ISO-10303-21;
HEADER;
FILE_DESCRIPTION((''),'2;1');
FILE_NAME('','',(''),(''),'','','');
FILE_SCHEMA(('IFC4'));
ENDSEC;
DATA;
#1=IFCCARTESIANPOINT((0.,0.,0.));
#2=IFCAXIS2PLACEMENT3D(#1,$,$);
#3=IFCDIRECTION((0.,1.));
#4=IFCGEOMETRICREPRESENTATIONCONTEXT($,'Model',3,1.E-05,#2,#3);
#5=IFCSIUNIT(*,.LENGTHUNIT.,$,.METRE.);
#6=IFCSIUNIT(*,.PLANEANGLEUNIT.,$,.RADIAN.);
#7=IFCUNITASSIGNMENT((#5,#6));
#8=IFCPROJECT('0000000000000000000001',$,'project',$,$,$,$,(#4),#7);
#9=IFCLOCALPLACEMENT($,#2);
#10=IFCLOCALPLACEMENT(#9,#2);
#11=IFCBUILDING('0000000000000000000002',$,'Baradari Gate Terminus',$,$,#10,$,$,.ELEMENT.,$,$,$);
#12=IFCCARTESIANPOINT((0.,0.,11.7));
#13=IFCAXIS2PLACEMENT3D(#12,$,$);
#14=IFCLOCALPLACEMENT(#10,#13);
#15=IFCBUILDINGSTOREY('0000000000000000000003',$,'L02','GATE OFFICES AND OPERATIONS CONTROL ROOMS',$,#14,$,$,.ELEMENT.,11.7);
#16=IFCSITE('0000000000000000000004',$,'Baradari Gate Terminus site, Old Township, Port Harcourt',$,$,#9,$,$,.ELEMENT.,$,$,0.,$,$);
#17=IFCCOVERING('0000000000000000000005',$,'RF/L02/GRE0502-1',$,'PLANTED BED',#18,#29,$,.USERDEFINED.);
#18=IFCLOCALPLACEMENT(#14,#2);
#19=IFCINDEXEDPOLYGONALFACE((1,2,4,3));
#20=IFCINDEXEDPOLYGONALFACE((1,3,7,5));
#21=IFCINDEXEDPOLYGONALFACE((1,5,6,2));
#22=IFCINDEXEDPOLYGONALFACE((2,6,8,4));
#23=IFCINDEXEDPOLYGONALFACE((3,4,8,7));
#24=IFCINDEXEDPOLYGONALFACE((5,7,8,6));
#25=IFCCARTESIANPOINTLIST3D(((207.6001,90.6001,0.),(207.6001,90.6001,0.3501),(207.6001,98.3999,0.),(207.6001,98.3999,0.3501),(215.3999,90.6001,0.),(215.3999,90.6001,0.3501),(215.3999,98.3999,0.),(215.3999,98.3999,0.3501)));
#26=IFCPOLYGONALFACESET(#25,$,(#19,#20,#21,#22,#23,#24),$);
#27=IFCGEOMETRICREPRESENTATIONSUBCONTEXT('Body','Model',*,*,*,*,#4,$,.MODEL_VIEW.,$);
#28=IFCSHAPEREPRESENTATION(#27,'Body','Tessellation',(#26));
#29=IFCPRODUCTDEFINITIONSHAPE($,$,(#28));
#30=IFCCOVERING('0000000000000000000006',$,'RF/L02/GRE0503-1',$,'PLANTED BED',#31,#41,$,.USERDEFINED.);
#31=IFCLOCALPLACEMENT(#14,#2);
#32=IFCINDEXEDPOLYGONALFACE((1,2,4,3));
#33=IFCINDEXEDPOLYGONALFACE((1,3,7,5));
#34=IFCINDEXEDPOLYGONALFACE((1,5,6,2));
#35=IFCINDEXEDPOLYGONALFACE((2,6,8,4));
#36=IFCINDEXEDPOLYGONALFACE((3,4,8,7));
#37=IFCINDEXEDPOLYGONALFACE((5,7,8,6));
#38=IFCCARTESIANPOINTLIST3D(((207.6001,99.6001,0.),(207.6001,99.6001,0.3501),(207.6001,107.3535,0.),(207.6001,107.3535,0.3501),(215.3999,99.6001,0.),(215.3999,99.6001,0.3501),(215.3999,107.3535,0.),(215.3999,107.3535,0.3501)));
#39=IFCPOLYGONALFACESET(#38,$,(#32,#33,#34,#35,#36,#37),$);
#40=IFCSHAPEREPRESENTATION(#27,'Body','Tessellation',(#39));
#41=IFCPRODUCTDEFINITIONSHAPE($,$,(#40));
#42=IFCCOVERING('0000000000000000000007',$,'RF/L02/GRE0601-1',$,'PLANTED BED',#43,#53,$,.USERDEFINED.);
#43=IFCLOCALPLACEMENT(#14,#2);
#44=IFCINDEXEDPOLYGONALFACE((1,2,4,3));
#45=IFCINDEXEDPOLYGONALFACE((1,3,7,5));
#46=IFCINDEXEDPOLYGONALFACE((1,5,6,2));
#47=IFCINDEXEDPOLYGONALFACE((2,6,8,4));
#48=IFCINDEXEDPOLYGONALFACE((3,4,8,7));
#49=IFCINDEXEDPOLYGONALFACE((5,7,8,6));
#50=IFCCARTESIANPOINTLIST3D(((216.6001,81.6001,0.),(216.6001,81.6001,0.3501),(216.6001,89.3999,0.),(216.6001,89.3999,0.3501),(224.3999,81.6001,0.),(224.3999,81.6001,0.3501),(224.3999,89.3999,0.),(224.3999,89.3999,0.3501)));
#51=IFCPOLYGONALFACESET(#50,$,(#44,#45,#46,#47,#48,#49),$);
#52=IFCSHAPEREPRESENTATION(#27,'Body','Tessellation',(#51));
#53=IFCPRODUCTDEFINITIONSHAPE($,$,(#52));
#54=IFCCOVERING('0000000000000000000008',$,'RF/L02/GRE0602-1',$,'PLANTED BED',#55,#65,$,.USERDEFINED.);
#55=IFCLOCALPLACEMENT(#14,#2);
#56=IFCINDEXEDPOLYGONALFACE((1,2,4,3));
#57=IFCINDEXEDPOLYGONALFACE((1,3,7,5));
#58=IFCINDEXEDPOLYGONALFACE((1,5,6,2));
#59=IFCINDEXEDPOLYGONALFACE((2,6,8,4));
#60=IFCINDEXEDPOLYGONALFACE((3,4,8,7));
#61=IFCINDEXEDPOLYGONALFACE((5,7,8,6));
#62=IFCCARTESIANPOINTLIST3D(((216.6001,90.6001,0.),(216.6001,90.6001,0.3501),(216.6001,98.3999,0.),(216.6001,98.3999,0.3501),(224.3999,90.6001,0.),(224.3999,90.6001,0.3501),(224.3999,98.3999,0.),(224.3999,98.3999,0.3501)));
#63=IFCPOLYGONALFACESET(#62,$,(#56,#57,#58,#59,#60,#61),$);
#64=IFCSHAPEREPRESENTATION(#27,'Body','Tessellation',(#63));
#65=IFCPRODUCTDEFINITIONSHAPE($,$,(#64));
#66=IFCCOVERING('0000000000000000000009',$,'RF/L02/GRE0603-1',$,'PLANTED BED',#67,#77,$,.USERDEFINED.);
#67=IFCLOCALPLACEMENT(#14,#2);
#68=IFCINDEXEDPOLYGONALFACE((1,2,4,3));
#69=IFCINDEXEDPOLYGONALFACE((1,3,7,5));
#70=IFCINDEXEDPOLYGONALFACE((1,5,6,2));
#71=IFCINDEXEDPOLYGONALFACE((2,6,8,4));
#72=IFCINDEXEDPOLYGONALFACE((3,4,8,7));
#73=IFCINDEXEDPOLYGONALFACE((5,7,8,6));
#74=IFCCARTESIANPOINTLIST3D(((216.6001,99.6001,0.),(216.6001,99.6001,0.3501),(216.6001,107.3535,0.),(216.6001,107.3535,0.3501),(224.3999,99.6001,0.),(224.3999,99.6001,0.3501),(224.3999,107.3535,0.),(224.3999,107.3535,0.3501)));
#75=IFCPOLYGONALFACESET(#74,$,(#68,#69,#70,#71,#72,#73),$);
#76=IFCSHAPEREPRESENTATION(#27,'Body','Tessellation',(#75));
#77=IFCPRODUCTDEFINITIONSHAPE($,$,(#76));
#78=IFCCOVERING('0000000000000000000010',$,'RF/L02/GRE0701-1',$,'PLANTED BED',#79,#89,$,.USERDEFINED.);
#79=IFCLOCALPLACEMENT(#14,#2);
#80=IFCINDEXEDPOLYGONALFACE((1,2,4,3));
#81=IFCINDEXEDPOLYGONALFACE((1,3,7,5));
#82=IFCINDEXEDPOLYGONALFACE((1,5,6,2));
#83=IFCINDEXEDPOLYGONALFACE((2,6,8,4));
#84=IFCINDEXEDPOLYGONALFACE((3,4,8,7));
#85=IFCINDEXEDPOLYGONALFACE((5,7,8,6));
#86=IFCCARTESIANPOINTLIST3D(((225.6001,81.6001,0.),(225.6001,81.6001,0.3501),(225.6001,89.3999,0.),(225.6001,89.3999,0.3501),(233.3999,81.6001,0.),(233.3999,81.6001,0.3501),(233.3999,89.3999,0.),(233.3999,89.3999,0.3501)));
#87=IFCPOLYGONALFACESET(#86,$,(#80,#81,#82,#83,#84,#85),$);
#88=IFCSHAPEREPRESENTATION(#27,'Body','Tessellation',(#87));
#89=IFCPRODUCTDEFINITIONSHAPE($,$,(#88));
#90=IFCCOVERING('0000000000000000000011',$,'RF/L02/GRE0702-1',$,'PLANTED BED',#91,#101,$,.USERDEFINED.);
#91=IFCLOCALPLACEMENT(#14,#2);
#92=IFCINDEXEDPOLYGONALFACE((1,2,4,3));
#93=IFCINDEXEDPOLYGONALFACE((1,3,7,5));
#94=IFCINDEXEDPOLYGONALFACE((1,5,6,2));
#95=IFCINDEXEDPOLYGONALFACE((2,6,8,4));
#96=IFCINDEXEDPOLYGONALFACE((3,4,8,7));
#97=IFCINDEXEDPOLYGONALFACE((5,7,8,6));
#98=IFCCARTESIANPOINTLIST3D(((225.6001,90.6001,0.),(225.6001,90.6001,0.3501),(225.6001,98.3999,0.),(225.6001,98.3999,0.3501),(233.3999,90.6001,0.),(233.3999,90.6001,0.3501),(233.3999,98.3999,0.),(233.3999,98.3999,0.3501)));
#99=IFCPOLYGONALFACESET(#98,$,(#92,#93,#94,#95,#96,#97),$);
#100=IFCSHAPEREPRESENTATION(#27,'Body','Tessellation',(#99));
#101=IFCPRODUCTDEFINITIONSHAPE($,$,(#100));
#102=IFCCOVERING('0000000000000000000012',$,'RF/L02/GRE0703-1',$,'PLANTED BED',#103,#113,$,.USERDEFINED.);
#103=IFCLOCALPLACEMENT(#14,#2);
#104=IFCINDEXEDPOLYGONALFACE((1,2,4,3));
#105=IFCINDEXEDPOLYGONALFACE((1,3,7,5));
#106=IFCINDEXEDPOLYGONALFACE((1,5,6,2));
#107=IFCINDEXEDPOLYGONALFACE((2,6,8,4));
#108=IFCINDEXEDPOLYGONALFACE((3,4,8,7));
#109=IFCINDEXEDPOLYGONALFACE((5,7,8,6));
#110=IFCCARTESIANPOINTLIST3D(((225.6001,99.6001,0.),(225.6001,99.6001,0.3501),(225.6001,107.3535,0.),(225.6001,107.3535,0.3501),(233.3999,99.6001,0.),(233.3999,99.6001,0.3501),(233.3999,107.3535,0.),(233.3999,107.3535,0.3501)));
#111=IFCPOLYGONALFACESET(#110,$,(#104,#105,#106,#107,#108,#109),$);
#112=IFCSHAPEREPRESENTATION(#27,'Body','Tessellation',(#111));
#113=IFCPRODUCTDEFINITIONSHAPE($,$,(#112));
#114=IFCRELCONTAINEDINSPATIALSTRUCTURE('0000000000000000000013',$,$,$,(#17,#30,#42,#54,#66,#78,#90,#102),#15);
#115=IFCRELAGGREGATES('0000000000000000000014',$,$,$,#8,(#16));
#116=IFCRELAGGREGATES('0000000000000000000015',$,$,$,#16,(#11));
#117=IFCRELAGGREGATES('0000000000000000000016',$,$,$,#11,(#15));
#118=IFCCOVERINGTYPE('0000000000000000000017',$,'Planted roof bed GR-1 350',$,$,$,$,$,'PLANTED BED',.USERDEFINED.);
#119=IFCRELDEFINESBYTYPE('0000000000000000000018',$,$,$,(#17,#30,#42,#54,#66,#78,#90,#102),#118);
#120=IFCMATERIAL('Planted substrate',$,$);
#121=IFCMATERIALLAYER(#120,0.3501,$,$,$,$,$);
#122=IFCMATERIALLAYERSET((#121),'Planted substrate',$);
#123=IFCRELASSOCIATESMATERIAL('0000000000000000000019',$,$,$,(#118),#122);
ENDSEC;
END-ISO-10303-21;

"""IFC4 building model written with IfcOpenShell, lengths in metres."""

from ifc_helpers import new_model, si_unit, direction, frame, origin, place, context, subcontext, project, spatial, polyline, outline, extrude, material, layer, layer_set, type_object, element, save


model = new_model("IFC4")

# Units and contexts
model_context = context("Model", 3, precision=1e-05, world=origin(), true_north=direction((0.0, 1.0)))
body_context = subcontext(model_context, "Body", "Model", "MODEL_VIEW")
ifc_project = project(units=[si_unit("LENGTHUNIT", "METRE"), si_unit("PLANEANGLEUNIT", "RADIAN")], contexts=[model_context])

# Site, building, storey
site_placement = place(None, origin())
site = spatial("IfcSite", under=ifc_project, at=site_placement, Name="Baradari Gate Terminus site, Old Township, Port Harcourt", CompositionType="ELEMENT", RefElevation=0.0)
building_placement = place(site_placement, origin())
building = spatial("IfcBuilding", under=site, at=building_placement, Name="Baradari Gate Terminus", CompositionType="ELEMENT")
storey_placement = place(building_placement, frame((0.0, 0.0, 11.7)))
storey = spatial("IfcBuildingStorey", under=building, at=storey_placement, Name="L02", Description="GATE OFFICES AND OPERATIONS CONTROL ROOMS", CompositionType="ELEMENT", Elevation=11.7)

# Coverings
ifc_material = material(Name="Planted substrate")
ifc_layer = layer(ifc_material, 0.3501)
ifc_layer_set = layer_set([ifc_layer], Name="Planted substrate")
covering_type = type_object("IfcCoveringType", Name="Planted roof bed GR-1 350", ElementType="PLANTED BED", PredefinedType="USERDEFINED", material=ifc_layer_set)
covering_1_placement = place(storey_placement, origin())
element("IfcCovering", 1, at=covering_1_placement, inside=storey, type_object=covering_type, Name="RF/L02/GRE0502-1", ObjectType="PLANTED BED", PredefinedType="USERDEFINED", context=body_context, shape_type="SweptSolid", body=[
    extrude(outline(polyline([(207.6001, 98.3999), (215.3999, 98.3999), (215.3999, 90.6001), (207.6001, 90.6001), (207.6001, 98.3999)])), origin(), (0.0, 0.0, 1.0), 0.3501),
])
covering_2_placement = place(storey_placement, origin())
element("IfcCovering", 2, at=covering_2_placement, inside=storey, type_object=covering_type, Name="RF/L02/GRE0503-1", ObjectType="PLANTED BED", PredefinedType="USERDEFINED", context=body_context, shape_type="SweptSolid", body=[
    extrude(outline(polyline([(207.6001, 107.3535), (215.3999, 107.3535), (215.3999, 99.6001), (207.6001, 99.6001), (207.6001, 107.3535)])), origin(), (0.0, 0.0, 1.0), 0.3501),
])
covering_3_placement = place(storey_placement, origin())
element("IfcCovering", 3, at=covering_3_placement, inside=storey, type_object=covering_type, Name="RF/L02/GRE0601-1", ObjectType="PLANTED BED", PredefinedType="USERDEFINED", context=body_context, shape_type="SweptSolid", body=[
    extrude(outline(polyline([(216.6001, 89.3999), (224.3999, 89.3999), (224.3999, 81.6001), (216.6001, 81.6001), (216.6001, 89.3999)])), origin(), (0.0, 0.0, 1.0), 0.3501),
])
covering_4_placement = place(storey_placement, origin())
element("IfcCovering", 4, at=covering_4_placement, inside=storey, type_object=covering_type, Name="RF/L02/GRE0602-1", ObjectType="PLANTED BED", PredefinedType="USERDEFINED", context=body_context, shape_type="SweptSolid", body=[
    extrude(outline(polyline([(216.6001, 98.3999), (224.3999, 98.3999), (224.3999, 90.6001), (216.6001, 90.6001), (216.6001, 98.3999)])), origin(), (0.0, 0.0, 1.0), 0.3501),
])
covering_5_placement = place(storey_placement, origin())
element("IfcCovering", 5, at=covering_5_placement, inside=storey, type_object=covering_type, Name="RF/L02/GRE0603-1", ObjectType="PLANTED BED", PredefinedType="USERDEFINED", context=body_context, shape_type="SweptSolid", body=[
    extrude(outline(polyline([(216.6001, 107.3535), (224.3999, 107.3535), (224.3999, 99.6001), (216.6001, 99.6001), (216.6001, 107.3535)])), origin(), (0.0, 0.0, 1.0), 0.3501),
])
covering_6_placement = place(storey_placement, origin())
element("IfcCovering", 6, at=covering_6_placement, inside=storey, type_object=covering_type, Name="RF/L02/GRE0701-1", ObjectType="PLANTED BED", PredefinedType="USERDEFINED", context=body_context, shape_type="SweptSolid", body=[
    extrude(outline(polyline([(225.6001, 89.3999), (233.3999, 89.3999), (233.3999, 81.6001), (225.6001, 81.6001), (225.6001, 89.3999)])), origin(), (0.0, 0.0, 1.0), 0.3501),
])
covering_7_placement = place(storey_placement, origin())
element("IfcCovering", 7, at=covering_7_placement, inside=storey, type_object=covering_type, Name="RF/L02/GRE0702-1", ObjectType="PLANTED BED", PredefinedType="USERDEFINED", context=body_context, shape_type="SweptSolid", body=[
    extrude(outline(polyline([(225.6001, 98.3999), (233.3999, 98.3999), (233.3999, 90.6001), (225.6001, 90.6001), (225.6001, 98.3999)])), origin(), (0.0, 0.0, 1.0), 0.3501),
])
covering_8_placement = place(storey_placement, origin())
element("IfcCovering", 8, at=covering_8_placement, inside=storey, type_object=covering_type, Name="RF/L02/GRE0703-1", ObjectType="PLANTED BED", PredefinedType="USERDEFINED", context=body_context, shape_type="SweptSolid", body=[
    extrude(outline(polyline([(225.6001, 107.3535), (233.3999, 107.3535), (233.3999, 99.6001), (225.6001, 99.6001), (225.6001, 107.3535)])), origin(), (0.0, 0.0, 1.0), 0.3501),
])

save(model, "model.ifc")
